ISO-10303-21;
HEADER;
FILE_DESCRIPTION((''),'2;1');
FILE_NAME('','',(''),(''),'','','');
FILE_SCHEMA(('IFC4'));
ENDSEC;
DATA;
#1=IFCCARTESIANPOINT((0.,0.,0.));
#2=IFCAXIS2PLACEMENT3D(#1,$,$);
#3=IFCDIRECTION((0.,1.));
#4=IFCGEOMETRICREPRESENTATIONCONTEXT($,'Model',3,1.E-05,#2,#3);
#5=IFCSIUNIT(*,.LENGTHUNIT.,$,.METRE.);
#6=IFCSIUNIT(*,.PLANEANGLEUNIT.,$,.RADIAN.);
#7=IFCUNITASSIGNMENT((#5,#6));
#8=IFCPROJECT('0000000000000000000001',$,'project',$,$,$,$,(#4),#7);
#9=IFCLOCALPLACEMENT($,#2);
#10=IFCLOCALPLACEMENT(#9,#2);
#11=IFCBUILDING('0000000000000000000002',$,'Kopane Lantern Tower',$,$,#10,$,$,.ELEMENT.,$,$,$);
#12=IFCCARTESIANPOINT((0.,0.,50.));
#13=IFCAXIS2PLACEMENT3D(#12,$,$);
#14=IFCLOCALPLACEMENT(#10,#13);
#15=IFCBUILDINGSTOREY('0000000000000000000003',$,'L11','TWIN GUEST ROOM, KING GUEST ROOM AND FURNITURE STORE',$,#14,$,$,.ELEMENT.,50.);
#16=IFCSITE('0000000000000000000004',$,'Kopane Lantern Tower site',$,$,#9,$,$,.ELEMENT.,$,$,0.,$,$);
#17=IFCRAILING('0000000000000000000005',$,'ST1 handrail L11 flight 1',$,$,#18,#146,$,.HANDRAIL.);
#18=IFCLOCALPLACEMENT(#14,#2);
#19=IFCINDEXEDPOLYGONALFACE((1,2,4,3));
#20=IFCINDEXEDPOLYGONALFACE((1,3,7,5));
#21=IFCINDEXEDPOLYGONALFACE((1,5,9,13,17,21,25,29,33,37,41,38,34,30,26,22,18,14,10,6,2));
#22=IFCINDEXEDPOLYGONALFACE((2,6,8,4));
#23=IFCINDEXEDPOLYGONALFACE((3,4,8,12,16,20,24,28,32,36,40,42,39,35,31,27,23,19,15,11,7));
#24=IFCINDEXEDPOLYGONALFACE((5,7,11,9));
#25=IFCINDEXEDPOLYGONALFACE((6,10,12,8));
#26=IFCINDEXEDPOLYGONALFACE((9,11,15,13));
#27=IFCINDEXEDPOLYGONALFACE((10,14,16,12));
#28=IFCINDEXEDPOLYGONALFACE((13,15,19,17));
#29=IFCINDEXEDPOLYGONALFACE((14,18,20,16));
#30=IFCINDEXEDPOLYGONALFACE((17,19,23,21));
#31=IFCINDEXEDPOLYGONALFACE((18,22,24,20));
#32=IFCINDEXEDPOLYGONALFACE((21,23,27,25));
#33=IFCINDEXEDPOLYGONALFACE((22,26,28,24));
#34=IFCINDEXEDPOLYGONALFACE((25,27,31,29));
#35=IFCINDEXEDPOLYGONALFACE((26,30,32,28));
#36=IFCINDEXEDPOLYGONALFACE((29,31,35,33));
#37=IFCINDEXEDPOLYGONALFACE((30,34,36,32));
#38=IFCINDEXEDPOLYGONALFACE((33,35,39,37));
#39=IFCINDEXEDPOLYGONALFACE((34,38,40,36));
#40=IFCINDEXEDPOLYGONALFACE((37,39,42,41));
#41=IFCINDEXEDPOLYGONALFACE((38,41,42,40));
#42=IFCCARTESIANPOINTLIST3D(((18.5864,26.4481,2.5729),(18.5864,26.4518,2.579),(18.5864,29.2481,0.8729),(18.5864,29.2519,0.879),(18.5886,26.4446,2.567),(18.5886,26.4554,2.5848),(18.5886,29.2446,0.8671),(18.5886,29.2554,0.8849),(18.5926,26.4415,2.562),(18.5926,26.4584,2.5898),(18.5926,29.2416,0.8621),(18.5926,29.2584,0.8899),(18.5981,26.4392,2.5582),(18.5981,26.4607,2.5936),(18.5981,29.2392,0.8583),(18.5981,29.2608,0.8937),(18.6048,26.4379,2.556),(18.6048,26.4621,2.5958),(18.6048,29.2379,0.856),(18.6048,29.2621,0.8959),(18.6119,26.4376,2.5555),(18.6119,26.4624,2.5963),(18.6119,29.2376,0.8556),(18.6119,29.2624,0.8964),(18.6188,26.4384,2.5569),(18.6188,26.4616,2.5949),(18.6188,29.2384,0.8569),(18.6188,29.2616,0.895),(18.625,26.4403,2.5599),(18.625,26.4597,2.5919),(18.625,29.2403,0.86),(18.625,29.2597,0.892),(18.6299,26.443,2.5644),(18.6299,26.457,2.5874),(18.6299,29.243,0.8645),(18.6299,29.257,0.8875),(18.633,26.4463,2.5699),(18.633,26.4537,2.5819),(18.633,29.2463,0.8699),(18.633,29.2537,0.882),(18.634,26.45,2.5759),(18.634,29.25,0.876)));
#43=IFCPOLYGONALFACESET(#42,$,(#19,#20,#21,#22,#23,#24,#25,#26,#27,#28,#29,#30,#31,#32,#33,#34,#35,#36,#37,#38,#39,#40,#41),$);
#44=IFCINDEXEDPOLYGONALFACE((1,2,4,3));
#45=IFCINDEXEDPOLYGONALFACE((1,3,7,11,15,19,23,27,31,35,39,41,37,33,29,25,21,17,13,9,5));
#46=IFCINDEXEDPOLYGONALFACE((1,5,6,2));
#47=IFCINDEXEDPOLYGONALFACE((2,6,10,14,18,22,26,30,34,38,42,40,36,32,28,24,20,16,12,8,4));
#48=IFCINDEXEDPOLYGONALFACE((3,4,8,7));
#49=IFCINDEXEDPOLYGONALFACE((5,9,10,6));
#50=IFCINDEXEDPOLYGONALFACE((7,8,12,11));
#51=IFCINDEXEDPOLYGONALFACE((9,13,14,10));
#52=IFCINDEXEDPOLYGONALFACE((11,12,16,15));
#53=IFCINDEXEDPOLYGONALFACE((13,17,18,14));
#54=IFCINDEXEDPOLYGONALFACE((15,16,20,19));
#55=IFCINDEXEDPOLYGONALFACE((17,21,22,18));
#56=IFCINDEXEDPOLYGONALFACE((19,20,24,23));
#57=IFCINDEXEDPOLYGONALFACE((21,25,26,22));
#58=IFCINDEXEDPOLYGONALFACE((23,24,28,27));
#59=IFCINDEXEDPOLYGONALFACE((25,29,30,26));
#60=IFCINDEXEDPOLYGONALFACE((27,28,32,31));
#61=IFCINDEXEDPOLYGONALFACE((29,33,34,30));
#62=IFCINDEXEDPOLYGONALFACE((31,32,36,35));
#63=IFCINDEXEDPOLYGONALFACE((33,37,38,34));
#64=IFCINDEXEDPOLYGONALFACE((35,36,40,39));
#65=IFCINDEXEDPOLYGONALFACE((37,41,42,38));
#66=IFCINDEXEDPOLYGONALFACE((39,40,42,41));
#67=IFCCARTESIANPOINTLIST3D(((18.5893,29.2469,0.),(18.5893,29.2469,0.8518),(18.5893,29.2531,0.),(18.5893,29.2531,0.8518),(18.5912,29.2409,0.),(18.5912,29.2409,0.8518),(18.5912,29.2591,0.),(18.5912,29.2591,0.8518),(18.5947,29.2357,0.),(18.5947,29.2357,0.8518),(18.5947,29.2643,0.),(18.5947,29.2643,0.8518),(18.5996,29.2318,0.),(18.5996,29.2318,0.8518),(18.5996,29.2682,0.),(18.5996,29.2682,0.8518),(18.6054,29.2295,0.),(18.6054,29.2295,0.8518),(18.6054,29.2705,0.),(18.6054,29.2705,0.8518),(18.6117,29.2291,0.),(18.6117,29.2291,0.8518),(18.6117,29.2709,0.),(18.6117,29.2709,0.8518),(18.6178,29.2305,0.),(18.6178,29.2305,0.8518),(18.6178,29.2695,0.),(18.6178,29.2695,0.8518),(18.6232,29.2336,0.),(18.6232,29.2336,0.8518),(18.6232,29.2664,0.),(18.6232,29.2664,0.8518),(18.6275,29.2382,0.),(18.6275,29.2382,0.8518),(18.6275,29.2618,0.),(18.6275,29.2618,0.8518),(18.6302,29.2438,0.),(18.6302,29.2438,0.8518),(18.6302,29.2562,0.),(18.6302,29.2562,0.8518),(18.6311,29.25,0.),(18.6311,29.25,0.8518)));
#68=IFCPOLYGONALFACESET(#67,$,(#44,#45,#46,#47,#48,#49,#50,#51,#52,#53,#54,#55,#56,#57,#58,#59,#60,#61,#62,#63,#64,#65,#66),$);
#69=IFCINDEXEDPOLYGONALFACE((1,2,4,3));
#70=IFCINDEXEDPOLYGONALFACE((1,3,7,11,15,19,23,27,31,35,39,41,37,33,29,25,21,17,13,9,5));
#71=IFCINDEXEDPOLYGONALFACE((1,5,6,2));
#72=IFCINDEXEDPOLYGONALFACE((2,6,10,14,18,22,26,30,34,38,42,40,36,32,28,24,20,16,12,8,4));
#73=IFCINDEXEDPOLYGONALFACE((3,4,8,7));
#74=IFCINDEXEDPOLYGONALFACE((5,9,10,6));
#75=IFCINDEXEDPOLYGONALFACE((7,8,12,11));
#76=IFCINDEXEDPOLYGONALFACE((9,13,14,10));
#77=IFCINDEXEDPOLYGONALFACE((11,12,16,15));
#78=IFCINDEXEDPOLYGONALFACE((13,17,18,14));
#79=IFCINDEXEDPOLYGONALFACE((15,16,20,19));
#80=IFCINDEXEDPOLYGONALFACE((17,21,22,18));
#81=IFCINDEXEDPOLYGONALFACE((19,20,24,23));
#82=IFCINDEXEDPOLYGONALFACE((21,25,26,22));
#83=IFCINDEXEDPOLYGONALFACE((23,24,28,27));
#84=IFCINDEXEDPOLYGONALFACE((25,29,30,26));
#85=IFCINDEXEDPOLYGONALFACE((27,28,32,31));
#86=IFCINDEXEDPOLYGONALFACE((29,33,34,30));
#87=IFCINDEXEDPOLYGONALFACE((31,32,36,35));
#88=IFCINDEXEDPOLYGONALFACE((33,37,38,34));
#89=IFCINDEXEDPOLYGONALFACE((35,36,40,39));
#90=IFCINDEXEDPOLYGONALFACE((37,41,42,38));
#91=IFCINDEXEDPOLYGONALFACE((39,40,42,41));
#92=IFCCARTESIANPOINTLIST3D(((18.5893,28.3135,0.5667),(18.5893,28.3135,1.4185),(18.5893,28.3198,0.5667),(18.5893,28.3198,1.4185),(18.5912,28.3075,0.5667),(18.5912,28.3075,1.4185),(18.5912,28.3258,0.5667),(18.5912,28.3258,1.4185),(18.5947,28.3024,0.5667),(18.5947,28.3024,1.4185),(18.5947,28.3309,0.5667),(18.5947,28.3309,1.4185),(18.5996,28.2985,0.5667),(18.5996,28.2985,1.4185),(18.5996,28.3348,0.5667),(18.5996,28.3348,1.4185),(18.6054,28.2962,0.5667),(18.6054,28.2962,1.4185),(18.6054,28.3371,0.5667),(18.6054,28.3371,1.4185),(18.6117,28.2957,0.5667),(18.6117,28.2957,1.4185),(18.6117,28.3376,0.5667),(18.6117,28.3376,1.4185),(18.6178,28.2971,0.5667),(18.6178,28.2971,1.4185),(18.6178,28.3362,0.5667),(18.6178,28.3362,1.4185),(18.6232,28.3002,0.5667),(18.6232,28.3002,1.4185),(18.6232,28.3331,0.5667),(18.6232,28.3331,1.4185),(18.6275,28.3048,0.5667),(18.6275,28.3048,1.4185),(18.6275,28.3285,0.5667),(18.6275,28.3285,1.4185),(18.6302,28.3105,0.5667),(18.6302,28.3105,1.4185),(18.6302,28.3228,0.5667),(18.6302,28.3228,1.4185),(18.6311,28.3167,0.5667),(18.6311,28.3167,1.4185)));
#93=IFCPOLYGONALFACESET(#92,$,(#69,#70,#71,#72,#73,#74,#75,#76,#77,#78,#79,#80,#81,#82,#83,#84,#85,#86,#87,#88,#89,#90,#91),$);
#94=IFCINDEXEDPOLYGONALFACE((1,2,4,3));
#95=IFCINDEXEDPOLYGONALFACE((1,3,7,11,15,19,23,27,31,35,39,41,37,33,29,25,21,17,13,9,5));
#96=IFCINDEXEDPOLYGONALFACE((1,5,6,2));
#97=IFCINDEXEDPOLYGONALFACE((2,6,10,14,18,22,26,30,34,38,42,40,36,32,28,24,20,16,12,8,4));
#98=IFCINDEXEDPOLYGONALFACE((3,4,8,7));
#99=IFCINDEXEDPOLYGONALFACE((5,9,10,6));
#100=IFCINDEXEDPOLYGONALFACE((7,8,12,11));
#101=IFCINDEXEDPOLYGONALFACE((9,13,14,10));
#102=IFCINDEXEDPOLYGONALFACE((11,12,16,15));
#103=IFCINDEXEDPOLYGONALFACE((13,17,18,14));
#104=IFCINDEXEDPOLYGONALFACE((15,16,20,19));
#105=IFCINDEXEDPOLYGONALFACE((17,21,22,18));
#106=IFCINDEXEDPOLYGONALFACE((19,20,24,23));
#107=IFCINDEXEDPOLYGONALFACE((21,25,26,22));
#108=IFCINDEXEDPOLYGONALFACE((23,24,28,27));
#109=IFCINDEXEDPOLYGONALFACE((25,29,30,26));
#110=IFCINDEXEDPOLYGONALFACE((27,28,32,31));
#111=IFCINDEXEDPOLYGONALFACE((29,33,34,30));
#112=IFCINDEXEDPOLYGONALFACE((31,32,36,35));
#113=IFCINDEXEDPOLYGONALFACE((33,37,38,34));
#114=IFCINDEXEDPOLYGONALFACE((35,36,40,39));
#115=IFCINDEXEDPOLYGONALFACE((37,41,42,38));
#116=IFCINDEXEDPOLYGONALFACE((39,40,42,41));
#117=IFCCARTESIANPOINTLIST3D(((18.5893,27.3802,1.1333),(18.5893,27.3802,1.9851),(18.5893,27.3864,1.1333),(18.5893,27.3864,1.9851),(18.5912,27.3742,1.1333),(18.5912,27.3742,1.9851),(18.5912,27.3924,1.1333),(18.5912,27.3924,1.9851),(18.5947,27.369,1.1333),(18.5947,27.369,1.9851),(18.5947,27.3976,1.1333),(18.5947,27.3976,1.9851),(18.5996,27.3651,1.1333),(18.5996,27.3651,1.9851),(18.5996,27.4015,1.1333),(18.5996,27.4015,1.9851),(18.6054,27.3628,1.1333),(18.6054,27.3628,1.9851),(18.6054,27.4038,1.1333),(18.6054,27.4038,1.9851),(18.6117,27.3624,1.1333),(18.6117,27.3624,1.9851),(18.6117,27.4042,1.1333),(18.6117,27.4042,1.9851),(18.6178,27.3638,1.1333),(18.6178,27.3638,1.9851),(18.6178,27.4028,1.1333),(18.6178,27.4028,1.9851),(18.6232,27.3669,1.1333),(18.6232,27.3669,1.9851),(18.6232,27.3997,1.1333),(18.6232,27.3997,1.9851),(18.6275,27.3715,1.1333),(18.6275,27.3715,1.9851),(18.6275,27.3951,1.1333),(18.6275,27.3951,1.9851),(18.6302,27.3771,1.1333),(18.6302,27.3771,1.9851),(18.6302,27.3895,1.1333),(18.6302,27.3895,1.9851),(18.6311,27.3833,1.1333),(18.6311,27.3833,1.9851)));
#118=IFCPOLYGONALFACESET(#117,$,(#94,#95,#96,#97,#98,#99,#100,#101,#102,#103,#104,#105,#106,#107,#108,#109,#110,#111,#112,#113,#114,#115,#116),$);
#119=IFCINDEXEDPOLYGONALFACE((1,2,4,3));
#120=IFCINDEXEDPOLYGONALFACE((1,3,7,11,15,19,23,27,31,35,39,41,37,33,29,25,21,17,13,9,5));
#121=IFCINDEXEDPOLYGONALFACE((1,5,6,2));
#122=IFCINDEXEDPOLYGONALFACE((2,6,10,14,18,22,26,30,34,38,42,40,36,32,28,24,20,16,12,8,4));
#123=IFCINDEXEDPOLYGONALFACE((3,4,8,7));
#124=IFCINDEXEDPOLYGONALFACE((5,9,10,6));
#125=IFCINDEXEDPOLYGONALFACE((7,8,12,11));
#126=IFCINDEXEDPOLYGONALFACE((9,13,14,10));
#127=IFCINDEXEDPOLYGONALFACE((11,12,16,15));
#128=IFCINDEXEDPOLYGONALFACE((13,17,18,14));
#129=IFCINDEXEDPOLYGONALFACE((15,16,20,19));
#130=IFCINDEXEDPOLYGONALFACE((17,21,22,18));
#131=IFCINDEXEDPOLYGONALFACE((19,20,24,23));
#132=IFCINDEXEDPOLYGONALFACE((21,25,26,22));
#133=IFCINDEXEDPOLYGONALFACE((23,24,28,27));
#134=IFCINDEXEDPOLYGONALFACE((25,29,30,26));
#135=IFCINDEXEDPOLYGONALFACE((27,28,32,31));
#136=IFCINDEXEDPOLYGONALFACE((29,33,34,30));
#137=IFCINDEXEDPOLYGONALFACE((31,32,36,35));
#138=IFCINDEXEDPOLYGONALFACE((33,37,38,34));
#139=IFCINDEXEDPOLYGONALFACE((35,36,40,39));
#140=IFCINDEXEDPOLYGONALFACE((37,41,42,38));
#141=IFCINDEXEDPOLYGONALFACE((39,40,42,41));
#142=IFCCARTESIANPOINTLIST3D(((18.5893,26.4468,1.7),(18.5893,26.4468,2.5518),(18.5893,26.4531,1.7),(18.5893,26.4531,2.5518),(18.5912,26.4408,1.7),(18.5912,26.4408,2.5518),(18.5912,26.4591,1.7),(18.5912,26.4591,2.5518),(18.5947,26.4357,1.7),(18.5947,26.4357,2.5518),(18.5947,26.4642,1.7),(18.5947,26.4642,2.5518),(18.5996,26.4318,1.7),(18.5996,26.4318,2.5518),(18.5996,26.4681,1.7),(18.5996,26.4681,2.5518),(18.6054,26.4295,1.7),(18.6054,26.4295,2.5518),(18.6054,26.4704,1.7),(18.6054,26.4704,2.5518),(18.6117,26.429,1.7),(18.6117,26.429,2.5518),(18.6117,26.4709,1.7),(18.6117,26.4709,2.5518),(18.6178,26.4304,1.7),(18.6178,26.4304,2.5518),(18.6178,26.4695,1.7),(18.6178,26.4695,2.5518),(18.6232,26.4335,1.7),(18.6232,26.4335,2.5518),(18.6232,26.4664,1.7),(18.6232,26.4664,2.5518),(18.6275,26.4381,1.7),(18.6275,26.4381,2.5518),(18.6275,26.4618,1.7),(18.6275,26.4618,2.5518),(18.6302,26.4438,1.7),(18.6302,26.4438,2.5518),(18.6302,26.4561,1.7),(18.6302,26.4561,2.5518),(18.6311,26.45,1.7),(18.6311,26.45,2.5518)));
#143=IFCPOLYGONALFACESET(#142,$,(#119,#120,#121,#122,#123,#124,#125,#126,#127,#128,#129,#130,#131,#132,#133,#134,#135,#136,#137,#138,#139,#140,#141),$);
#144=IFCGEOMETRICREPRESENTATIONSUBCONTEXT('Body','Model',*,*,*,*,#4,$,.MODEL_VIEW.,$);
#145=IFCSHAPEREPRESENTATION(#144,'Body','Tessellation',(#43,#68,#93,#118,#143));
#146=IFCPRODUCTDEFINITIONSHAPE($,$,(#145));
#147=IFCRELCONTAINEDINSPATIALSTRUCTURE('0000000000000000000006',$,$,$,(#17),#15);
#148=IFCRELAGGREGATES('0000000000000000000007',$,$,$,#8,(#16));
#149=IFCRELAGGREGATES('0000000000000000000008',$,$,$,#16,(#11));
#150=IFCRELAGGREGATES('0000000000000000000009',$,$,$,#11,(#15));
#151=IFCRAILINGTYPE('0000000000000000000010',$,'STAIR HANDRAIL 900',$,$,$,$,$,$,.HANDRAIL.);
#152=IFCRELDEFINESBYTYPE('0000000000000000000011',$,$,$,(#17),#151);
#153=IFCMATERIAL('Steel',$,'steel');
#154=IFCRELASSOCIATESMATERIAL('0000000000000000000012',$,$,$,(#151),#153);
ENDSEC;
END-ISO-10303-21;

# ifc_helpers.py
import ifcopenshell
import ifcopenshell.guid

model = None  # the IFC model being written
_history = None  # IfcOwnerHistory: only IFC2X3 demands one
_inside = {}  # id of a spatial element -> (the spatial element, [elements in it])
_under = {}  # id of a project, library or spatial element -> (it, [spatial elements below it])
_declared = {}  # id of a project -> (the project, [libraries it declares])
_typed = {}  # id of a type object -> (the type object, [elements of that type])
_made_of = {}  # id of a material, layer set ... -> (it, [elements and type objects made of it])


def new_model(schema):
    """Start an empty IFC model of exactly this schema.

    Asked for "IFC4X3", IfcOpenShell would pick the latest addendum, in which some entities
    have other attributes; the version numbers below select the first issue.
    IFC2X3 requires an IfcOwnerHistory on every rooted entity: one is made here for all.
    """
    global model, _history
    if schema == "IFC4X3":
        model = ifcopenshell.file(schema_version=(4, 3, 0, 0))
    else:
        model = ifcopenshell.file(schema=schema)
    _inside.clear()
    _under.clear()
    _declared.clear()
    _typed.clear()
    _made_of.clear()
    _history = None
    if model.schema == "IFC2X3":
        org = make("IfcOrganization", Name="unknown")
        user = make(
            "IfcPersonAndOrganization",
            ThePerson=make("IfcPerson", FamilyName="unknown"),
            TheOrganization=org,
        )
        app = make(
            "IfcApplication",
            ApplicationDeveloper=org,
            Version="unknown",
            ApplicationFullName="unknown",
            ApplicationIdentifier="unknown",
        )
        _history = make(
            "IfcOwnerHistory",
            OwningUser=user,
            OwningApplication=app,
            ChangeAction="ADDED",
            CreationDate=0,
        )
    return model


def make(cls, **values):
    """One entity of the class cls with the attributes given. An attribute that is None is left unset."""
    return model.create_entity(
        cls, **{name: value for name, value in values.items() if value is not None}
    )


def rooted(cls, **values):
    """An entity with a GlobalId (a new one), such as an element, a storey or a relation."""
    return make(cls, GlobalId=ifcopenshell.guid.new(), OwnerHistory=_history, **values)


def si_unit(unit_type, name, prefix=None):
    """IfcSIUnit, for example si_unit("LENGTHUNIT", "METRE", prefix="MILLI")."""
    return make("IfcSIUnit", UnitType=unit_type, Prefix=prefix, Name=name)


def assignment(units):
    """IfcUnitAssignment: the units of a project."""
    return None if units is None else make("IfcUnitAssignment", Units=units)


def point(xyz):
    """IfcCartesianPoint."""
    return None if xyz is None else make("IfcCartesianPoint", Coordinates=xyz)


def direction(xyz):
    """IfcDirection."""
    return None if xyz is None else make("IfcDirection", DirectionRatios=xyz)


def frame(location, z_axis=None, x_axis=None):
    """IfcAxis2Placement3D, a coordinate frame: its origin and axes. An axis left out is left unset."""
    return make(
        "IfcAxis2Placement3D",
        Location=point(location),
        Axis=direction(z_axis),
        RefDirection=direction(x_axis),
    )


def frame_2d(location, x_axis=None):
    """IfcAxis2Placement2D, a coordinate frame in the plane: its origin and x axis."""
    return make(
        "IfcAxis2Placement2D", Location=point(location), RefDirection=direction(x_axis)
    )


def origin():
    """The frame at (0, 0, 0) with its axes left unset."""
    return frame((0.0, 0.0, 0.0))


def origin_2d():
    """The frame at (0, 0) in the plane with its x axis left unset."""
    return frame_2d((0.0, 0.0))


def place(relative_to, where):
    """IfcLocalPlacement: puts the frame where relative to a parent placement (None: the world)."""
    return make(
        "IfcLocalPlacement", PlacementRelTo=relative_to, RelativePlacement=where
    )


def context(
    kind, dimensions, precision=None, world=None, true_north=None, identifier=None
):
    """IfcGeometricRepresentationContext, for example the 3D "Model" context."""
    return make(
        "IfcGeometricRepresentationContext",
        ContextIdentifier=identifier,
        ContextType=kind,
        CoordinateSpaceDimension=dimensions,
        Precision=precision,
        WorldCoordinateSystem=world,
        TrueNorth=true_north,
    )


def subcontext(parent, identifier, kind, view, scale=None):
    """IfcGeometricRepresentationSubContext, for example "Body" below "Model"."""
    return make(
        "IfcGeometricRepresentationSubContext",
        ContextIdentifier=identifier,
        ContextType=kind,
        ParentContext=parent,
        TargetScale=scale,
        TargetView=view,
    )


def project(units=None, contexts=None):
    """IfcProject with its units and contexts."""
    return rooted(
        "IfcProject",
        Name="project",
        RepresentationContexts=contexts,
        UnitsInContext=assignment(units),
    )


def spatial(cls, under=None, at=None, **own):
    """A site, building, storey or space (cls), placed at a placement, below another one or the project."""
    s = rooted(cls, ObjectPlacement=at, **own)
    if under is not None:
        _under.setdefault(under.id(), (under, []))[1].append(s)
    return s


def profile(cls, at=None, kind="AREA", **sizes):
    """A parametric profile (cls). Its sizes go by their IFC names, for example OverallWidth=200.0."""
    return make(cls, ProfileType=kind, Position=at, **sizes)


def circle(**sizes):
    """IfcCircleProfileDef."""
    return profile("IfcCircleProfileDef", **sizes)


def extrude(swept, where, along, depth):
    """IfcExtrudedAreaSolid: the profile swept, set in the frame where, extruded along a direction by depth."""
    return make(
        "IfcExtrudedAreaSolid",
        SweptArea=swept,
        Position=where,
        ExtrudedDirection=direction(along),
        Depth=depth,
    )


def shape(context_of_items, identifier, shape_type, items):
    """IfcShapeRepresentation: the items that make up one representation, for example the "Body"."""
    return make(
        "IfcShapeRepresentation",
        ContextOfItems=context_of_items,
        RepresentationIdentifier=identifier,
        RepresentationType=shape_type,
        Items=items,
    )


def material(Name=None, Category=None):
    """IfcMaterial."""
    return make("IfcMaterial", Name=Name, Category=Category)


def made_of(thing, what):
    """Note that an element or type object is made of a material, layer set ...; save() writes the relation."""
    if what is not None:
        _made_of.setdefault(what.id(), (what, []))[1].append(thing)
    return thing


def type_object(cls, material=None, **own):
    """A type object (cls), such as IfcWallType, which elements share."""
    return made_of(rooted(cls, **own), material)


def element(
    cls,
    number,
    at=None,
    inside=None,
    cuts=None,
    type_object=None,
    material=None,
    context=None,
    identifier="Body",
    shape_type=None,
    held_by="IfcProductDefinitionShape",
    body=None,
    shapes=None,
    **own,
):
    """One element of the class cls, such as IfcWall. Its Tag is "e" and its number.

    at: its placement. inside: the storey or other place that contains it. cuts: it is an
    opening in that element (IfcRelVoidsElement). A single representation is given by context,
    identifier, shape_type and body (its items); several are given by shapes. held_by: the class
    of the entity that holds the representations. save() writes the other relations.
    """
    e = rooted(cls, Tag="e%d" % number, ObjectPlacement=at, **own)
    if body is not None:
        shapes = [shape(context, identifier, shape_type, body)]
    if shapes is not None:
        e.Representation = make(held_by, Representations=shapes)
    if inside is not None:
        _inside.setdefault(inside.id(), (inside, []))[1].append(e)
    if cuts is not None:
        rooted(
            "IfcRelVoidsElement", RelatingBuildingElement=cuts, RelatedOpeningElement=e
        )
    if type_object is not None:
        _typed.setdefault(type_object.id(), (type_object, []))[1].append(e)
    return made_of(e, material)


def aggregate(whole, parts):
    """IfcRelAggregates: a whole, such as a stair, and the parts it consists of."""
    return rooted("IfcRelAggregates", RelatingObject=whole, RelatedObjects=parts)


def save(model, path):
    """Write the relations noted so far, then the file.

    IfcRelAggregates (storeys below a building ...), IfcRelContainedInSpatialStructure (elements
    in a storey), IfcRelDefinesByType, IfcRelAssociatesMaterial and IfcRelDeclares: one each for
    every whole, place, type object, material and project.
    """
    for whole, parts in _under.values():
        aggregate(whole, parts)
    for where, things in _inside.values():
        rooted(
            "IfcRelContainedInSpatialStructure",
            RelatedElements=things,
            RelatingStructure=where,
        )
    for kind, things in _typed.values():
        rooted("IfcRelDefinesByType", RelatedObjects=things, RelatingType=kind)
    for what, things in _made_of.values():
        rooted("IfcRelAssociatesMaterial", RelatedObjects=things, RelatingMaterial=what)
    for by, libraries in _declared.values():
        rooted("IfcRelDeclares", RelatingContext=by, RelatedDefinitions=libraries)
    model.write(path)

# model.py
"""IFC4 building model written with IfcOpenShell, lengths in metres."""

from ifc_helpers import new_model, si_unit, direction, frame, origin, origin_2d, place, context, subcontext, project, spatial, circle, extrude, material, type_object, element, save


model = new_model("IFC4")

# Units and contexts
model_context = context("Model", 3, precision=1e-05, world=origin(), true_north=direction((0.0, 1.0)))
body_context = subcontext(model_context, "Body", "Model", "MODEL_VIEW")
ifc_project = project(units=[si_unit("LENGTHUNIT", "METRE"), si_unit("PLANEANGLEUNIT", "RADIAN")], contexts=[model_context])

# Site, building, storey
site_placement = place(None, origin())
site = spatial("IfcSite", under=ifc_project, at=site_placement, Name="Kopane Lantern Tower site", CompositionType="ELEMENT", RefElevation=0.0)
building_placement = place(site_placement, origin())
building = spatial("IfcBuilding", under=site, at=building_placement, Name="Kopane Lantern Tower", CompositionType="ELEMENT")
storey_placement = place(building_placement, frame((0.0, 0.0, 50.0)))
storey = spatial("IfcBuildingStorey", under=building, at=storey_placement, Name="L11", Description="TWIN GUEST ROOM, KING GUEST ROOM AND FURNITURE STORE", CompositionType="ELEMENT", Elevation=50.0)

# Railing
ifc_material_1 = material(Name="Steel", Category="steel")
railing_type_1 = type_object("IfcRailingType", Name="STAIR HANDRAIL 900", PredefinedType="HANDRAIL", material=ifc_material_1)
for number, where, name in (
    (1, (18.6101, 29.25, 0.0), "ST1 handrail L11 flight 1"),
):
    element("IfcRailing", number, at=place(storey_placement, frame(where)), inside=storey, type_object=railing_type_1, Name=name, PredefinedType="HANDRAIL", context=body_context, shape_type="SweptSolid", body=[
        extrude(circle(Radius=0.0239, at=origin_2d()), frame((0.0, 0.0, 0.876), z_axis=(0.0, -0.854798, 0.518961), x_axis=(1.0, 0.0, 0.0)), (0.0, 0.0, 1.0), 3.2756),
        extrude(circle(Radius=0.021, at=origin_2d()), origin(), (0.0, 0.0, 1.0), 0.8518),
        extrude(circle(Radius=0.021, at=origin_2d()), frame((0.0, -0.9333, 0.5667)), (0.0, 0.0, 1.0), 0.8518),
        extrude(circle(Radius=0.021, at=origin_2d()), frame((0.0, -1.8667, 1.1333)), (0.0, 0.0, 1.0), 0.8518),
        extrude(circle(Radius=0.021, at=origin_2d()), frame((0.0, -2.8, 1.7)), (0.0, 0.0, 1.0), 0.8518),
    ])

save(model, "model.ifc")
